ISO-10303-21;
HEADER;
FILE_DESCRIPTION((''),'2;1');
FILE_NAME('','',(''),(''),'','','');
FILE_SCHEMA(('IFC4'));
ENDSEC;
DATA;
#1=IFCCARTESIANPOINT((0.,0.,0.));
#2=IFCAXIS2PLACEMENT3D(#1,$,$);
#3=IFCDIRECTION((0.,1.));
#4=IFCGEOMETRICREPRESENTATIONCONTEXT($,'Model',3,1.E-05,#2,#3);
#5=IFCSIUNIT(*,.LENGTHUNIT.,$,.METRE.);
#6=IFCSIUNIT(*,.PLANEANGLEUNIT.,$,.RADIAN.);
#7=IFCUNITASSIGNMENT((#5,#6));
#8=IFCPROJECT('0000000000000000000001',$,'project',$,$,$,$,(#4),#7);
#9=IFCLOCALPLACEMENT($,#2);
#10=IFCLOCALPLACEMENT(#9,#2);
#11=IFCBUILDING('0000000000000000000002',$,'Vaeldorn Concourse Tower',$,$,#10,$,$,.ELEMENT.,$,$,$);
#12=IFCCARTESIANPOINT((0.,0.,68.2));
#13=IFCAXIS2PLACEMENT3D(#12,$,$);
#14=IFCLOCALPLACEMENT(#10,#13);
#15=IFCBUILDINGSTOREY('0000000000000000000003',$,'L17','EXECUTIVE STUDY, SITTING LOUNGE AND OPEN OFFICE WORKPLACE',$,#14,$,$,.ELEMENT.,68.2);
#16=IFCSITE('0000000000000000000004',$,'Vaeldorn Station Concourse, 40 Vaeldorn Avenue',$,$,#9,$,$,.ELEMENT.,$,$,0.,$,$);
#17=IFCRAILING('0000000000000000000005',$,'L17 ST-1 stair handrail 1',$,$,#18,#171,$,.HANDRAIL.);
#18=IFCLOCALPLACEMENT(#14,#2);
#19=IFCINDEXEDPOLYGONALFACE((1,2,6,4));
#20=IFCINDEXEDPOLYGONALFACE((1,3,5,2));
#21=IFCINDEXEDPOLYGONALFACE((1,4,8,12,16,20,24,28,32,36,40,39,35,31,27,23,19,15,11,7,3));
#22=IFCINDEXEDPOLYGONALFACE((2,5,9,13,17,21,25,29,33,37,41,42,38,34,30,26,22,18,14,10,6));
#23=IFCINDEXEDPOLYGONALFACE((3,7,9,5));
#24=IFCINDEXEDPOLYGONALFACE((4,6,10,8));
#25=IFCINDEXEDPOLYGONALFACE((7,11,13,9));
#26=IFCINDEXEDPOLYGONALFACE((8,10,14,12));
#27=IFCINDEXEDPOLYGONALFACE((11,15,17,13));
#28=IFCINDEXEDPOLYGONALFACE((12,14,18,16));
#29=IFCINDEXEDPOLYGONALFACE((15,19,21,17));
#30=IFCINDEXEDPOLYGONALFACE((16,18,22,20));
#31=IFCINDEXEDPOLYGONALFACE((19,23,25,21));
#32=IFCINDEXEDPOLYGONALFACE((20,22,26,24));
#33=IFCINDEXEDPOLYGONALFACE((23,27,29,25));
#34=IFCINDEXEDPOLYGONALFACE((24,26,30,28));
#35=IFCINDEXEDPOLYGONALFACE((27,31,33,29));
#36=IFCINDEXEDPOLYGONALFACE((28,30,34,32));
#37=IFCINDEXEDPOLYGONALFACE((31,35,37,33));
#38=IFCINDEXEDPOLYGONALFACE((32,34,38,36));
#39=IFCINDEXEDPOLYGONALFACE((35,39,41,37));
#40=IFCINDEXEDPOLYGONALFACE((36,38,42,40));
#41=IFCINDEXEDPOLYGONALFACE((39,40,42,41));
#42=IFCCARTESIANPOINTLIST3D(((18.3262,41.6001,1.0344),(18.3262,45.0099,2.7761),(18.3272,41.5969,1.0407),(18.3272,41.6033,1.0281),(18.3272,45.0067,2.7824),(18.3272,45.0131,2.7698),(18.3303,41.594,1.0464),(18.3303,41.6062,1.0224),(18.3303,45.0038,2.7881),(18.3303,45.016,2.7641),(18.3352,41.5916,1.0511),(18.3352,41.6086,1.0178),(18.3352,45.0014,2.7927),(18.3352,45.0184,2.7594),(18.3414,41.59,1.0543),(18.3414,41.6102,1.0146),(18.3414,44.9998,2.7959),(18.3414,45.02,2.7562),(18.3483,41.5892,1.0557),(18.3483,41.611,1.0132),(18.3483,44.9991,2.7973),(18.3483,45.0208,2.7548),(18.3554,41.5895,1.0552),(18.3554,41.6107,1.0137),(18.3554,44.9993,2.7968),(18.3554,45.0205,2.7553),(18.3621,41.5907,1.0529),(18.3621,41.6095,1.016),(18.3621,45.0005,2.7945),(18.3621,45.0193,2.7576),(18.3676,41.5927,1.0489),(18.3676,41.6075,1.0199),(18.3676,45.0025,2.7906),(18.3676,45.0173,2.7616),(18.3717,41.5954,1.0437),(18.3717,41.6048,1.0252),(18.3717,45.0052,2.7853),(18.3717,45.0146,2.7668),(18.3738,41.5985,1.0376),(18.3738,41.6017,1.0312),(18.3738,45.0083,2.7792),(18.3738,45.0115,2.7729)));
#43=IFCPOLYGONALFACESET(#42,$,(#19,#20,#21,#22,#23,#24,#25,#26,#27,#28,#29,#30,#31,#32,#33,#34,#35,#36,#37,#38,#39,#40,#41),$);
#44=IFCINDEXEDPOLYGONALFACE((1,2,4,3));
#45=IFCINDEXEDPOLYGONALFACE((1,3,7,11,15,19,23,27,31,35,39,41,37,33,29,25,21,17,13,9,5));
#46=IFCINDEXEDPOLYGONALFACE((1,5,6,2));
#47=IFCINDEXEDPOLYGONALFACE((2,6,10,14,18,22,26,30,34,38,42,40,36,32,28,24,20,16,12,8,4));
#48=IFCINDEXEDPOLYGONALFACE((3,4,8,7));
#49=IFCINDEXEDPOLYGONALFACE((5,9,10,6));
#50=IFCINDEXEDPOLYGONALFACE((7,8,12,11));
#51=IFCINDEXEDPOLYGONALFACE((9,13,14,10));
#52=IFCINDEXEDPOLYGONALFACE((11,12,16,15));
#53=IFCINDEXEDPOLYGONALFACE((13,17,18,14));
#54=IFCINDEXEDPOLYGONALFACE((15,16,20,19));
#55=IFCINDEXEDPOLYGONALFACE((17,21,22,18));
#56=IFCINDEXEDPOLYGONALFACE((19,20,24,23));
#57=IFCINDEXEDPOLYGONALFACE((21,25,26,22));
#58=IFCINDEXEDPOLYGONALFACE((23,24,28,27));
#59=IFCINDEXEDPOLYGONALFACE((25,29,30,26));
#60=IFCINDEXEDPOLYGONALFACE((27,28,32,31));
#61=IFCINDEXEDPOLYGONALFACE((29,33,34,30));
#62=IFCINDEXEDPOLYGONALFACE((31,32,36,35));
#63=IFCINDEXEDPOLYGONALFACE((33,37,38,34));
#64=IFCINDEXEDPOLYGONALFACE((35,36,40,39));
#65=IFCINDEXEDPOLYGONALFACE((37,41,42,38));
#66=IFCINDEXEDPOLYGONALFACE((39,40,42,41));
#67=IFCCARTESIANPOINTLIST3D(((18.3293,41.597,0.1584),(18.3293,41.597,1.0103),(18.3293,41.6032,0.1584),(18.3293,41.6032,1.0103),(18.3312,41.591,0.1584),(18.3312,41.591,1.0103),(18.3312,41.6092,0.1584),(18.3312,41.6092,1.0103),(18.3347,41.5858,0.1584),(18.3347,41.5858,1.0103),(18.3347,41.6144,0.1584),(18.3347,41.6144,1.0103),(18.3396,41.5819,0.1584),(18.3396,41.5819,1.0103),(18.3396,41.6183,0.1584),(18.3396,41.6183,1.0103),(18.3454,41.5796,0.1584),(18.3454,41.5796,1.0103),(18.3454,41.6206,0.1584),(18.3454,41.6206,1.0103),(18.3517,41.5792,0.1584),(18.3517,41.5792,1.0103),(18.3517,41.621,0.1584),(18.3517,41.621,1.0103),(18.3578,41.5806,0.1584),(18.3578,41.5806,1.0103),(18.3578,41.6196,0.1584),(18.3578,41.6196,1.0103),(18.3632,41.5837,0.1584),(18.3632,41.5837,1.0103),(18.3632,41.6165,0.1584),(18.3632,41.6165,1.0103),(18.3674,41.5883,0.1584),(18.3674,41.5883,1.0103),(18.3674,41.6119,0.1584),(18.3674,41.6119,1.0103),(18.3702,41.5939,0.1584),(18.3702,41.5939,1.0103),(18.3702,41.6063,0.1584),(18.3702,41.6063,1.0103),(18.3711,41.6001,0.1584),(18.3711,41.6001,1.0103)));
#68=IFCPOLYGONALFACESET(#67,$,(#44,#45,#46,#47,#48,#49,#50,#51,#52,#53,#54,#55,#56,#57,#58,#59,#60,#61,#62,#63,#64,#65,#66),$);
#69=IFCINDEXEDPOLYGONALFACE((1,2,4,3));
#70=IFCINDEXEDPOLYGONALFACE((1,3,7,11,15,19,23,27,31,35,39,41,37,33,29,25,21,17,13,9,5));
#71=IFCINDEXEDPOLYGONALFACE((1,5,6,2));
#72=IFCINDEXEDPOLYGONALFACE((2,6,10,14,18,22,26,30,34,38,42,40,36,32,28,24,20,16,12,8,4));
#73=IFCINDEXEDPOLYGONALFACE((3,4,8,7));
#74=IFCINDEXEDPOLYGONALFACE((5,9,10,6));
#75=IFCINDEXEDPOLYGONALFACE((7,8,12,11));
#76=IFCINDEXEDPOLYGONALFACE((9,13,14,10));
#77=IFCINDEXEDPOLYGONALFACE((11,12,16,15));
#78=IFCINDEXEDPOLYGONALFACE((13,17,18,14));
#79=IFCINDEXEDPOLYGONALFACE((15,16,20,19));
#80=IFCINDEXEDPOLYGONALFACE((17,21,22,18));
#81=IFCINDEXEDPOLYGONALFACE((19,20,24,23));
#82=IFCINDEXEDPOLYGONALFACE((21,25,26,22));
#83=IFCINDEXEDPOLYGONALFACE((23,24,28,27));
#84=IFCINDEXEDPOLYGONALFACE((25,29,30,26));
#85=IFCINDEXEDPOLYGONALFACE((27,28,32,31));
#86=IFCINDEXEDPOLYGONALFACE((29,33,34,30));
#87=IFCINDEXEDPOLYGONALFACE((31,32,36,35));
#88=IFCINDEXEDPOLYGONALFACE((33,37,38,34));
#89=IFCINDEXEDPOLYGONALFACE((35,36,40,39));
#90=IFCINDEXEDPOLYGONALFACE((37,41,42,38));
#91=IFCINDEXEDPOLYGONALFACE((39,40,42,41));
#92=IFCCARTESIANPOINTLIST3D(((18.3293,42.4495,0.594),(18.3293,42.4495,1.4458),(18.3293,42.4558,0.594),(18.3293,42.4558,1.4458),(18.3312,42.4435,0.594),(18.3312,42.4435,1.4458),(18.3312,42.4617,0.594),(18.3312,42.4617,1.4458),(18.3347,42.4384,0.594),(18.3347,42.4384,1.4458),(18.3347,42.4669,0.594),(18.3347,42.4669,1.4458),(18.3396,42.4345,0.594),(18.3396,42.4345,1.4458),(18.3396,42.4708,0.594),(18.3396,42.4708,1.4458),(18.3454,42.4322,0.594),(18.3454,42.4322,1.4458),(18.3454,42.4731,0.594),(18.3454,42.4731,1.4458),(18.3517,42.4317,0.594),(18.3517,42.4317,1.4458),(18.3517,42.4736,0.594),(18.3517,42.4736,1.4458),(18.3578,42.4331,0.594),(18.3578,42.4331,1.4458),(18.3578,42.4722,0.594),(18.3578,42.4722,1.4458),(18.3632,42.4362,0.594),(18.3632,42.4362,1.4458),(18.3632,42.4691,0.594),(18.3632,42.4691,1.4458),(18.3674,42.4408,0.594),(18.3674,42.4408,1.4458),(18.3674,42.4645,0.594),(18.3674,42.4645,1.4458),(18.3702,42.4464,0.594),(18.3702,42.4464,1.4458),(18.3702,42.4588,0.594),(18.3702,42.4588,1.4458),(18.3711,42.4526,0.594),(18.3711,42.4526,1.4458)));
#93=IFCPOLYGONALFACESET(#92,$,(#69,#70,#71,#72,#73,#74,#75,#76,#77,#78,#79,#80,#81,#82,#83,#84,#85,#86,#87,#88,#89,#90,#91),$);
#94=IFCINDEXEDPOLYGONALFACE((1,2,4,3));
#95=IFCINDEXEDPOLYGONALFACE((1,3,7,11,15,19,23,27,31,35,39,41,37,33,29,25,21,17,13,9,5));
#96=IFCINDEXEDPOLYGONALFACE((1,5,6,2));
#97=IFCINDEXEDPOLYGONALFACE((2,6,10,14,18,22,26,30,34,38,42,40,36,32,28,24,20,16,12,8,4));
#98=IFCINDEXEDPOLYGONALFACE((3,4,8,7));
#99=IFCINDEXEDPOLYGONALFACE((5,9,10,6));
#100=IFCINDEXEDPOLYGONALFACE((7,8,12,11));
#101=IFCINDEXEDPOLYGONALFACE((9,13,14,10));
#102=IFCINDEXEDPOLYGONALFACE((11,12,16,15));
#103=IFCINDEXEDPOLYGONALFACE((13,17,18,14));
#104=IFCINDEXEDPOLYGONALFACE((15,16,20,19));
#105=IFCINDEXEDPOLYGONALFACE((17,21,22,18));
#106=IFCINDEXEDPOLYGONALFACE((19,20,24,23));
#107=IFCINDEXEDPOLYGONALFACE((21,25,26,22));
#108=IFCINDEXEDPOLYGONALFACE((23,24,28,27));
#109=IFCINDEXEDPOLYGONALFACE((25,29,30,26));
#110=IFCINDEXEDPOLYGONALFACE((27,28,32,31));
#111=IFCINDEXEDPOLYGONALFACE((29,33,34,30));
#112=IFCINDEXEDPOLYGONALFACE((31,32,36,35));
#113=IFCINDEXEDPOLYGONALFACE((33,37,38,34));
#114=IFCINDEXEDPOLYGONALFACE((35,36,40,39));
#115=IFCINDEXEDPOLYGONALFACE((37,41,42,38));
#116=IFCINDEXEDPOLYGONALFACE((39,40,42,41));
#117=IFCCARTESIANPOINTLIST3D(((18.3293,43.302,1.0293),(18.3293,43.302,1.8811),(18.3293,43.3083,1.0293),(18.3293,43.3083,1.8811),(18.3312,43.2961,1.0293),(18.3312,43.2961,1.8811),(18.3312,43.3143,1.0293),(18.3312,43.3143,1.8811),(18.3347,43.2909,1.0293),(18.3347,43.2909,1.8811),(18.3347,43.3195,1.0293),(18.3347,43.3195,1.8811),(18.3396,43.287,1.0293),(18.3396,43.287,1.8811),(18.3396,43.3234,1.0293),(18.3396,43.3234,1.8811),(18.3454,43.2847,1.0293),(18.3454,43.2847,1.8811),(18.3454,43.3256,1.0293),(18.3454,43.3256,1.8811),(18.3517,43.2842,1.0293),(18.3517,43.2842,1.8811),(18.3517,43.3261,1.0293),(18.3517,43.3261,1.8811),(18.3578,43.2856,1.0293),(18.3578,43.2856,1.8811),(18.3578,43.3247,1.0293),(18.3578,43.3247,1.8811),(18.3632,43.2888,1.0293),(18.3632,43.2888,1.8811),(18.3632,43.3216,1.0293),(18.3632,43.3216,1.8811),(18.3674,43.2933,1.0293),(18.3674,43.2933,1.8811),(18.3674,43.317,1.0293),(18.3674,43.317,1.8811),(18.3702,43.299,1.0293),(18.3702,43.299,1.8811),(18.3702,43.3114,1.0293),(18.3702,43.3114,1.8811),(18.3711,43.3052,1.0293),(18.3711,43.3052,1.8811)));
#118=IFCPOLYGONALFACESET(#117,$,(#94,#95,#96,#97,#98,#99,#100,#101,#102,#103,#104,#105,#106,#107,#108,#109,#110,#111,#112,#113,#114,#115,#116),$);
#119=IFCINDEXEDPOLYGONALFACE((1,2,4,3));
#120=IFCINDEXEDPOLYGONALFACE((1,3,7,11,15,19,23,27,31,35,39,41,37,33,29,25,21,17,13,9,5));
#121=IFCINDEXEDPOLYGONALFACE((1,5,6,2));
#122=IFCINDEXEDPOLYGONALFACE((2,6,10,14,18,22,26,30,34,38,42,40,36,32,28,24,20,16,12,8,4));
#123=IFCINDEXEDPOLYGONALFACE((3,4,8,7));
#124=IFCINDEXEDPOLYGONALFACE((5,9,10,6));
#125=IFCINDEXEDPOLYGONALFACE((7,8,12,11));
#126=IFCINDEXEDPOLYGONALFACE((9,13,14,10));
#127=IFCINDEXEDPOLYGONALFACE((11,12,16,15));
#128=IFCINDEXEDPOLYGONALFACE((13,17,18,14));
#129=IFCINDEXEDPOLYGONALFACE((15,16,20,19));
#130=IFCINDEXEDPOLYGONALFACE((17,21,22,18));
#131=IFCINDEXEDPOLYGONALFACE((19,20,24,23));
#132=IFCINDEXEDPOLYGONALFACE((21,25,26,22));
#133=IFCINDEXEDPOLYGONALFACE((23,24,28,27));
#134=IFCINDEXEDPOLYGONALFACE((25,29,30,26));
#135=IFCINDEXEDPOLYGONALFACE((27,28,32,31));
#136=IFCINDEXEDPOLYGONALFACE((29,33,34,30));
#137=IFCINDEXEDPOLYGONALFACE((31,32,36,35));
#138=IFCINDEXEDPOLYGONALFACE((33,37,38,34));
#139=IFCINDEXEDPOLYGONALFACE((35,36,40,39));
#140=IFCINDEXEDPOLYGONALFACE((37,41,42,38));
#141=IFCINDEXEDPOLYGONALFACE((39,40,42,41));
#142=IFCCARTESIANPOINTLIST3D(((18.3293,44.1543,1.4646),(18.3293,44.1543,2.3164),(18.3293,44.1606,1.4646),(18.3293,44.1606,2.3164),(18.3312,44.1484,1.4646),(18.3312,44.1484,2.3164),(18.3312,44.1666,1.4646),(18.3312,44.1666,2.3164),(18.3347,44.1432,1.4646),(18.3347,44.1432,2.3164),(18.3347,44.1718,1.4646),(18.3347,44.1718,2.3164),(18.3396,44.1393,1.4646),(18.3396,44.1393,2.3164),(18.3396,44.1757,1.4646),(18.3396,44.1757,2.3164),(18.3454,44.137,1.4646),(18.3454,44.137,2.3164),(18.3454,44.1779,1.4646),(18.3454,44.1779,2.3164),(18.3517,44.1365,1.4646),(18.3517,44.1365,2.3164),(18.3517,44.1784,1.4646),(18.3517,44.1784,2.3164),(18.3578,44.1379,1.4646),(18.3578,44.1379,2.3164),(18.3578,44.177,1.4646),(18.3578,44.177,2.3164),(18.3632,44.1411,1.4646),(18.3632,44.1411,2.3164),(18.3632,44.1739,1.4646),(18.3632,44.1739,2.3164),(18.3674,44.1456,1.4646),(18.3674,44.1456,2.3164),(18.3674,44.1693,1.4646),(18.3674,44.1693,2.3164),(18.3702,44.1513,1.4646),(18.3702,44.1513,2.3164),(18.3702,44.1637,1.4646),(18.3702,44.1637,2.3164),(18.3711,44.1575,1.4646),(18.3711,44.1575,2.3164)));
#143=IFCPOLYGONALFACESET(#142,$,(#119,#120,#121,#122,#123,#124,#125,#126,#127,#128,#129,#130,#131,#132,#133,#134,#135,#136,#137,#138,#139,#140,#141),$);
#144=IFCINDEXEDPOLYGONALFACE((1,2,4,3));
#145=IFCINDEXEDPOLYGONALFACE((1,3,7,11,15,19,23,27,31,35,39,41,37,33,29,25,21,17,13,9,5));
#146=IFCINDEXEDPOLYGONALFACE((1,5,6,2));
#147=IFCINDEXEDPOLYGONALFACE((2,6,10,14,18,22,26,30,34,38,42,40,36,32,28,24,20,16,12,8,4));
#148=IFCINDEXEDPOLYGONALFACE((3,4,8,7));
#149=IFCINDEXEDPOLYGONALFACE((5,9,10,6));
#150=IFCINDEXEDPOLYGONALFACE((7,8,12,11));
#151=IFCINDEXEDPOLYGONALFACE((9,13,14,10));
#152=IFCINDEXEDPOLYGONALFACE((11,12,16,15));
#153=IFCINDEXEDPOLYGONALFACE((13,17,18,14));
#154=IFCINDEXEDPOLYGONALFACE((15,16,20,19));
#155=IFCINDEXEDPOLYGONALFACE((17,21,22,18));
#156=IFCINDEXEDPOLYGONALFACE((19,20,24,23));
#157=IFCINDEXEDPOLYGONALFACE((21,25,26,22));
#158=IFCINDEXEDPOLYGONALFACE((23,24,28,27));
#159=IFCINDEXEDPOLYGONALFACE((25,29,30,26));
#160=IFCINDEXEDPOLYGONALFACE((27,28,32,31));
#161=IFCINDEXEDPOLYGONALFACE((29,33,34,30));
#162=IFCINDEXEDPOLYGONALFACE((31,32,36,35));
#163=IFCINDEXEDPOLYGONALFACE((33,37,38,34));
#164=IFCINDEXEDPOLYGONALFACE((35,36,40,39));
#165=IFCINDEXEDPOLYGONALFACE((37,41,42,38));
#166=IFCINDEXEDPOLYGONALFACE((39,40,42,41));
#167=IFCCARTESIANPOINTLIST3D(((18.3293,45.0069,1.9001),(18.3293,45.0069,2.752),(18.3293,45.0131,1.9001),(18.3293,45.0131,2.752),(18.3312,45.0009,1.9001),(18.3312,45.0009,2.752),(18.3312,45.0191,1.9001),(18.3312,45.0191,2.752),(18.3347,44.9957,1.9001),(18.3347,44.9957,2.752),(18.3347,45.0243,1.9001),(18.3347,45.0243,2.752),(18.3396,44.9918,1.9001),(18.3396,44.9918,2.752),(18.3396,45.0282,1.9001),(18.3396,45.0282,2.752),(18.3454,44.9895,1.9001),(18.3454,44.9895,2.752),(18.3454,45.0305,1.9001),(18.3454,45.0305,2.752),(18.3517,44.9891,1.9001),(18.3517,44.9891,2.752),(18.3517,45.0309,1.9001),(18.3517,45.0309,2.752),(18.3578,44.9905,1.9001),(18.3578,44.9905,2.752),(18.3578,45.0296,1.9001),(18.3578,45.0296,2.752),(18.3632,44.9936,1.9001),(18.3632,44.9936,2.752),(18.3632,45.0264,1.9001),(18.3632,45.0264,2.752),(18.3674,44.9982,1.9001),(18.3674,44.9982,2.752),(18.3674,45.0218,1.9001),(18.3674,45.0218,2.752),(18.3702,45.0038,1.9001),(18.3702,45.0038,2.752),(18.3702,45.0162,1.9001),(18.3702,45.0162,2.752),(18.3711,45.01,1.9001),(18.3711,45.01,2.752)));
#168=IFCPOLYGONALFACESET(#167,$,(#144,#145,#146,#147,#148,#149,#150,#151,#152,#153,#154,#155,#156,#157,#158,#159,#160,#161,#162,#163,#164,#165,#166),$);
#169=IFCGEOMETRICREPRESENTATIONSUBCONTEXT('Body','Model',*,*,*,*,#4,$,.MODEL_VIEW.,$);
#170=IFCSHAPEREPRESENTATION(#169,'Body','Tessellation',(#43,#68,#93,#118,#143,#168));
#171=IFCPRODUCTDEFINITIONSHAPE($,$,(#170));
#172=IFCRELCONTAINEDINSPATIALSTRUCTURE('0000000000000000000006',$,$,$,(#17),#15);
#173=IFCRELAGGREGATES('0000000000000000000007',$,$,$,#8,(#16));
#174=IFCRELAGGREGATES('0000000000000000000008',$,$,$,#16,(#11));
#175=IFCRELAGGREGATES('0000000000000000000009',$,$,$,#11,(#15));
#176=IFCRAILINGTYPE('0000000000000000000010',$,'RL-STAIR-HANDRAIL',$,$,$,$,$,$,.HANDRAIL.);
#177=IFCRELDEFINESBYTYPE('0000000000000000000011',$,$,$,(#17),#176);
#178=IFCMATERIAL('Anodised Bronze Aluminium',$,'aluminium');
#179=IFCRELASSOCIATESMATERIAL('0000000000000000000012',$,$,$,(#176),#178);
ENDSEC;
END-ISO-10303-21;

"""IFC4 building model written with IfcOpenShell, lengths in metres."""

from ifc_helpers import new_model, si_unit, direction, frame, origin, origin_2d, place, context, subcontext, project, spatial, circle, extrude, material, type_object, element, save


model = new_model("IFC4")

# Units and contexts
model_context = context("Model", 3, precision=1e-05, world=origin(), true_north=direction((0.0, 1.0)))
body_context = subcontext(model_context, "Body", "Model", "MODEL_VIEW")
ifc_project = project(units=[si_unit("LENGTHUNIT", "METRE"), si_unit("PLANEANGLEUNIT", "RADIAN")], contexts=[model_context])

# Site, building, storey
site_placement = place(None, origin())
site = spatial("IfcSite", under=ifc_project, at=site_placement, Name="Vaeldorn Station Concourse, 40 Vaeldorn Avenue", CompositionType="ELEMENT", RefElevation=0.0)
building_placement = place(site_placement, origin())
building = spatial("IfcBuilding", under=site, at=building_placement, Name="Vaeldorn Concourse Tower", CompositionType="ELEMENT")
storey_placement = place(building_placement, frame((0.0, 0.0, 68.2)))
storey = spatial("IfcBuildingStorey", under=building, at=storey_placement, Name="L17", Description="EXECUTIVE STUDY, SITTING LOUNGE AND OPEN OFFICE WORKPLACE", CompositionType="ELEMENT", Elevation=68.2)

# Shared definitions
ifc_material_1 = material(Name="Anodised Bronze Aluminium", Category="aluminium")

# Railing
railing_type_1 = type_object("IfcRailingType", Name="RL-STAIR-HANDRAIL", PredefinedType="HANDRAIL", material=ifc_material_1)
railing_1_placement = place(storey_placement, frame((18.3501, 41.6001, 0.1584)))
element("IfcRailing", 1, at=railing_1_placement, inside=storey, type_object=railing_type_1, Name="L17 ST-1 stair handrail 1", PredefinedType="HANDRAIL", context=body_context, shape_type="SweptSolid", body=[
    extrude(circle(Radius=0.0239, at=origin_2d()), frame((0.0, 0.0, 0.876), z_axis=(0.0, 0.890556, 0.454874), x_axis=(-1.0, 0.0, 0.0)), (0.0, 0.0, 1.0), 3.8289),
    extrude(circle(Radius=0.021, at=origin_2d()), origin(), (0.0, 0.0, 1.0), 0.8518),
    extrude(circle(Radius=0.021, at=origin_2d()), frame((0.0, 0.8525, 0.4355)), (0.0, 0.0, 1.0), 0.8518),
    extrude(circle(Radius=0.021, at=origin_2d()), frame((0.0, 1.7051, 0.8708)), (0.0, 0.0, 1.0), 0.8518),
    extrude(circle(Radius=0.021, at=origin_2d()), frame((0.0, 2.5574, 1.3062)), (0.0, 0.0, 1.0), 0.8518),
    extrude(circle(Radius=0.021, at=origin_2d()), frame((0.0, 3.4099, 1.7417)), (0.0, 0.0, 1.0), 0.8518),
])

save(model, "model.ifc")
